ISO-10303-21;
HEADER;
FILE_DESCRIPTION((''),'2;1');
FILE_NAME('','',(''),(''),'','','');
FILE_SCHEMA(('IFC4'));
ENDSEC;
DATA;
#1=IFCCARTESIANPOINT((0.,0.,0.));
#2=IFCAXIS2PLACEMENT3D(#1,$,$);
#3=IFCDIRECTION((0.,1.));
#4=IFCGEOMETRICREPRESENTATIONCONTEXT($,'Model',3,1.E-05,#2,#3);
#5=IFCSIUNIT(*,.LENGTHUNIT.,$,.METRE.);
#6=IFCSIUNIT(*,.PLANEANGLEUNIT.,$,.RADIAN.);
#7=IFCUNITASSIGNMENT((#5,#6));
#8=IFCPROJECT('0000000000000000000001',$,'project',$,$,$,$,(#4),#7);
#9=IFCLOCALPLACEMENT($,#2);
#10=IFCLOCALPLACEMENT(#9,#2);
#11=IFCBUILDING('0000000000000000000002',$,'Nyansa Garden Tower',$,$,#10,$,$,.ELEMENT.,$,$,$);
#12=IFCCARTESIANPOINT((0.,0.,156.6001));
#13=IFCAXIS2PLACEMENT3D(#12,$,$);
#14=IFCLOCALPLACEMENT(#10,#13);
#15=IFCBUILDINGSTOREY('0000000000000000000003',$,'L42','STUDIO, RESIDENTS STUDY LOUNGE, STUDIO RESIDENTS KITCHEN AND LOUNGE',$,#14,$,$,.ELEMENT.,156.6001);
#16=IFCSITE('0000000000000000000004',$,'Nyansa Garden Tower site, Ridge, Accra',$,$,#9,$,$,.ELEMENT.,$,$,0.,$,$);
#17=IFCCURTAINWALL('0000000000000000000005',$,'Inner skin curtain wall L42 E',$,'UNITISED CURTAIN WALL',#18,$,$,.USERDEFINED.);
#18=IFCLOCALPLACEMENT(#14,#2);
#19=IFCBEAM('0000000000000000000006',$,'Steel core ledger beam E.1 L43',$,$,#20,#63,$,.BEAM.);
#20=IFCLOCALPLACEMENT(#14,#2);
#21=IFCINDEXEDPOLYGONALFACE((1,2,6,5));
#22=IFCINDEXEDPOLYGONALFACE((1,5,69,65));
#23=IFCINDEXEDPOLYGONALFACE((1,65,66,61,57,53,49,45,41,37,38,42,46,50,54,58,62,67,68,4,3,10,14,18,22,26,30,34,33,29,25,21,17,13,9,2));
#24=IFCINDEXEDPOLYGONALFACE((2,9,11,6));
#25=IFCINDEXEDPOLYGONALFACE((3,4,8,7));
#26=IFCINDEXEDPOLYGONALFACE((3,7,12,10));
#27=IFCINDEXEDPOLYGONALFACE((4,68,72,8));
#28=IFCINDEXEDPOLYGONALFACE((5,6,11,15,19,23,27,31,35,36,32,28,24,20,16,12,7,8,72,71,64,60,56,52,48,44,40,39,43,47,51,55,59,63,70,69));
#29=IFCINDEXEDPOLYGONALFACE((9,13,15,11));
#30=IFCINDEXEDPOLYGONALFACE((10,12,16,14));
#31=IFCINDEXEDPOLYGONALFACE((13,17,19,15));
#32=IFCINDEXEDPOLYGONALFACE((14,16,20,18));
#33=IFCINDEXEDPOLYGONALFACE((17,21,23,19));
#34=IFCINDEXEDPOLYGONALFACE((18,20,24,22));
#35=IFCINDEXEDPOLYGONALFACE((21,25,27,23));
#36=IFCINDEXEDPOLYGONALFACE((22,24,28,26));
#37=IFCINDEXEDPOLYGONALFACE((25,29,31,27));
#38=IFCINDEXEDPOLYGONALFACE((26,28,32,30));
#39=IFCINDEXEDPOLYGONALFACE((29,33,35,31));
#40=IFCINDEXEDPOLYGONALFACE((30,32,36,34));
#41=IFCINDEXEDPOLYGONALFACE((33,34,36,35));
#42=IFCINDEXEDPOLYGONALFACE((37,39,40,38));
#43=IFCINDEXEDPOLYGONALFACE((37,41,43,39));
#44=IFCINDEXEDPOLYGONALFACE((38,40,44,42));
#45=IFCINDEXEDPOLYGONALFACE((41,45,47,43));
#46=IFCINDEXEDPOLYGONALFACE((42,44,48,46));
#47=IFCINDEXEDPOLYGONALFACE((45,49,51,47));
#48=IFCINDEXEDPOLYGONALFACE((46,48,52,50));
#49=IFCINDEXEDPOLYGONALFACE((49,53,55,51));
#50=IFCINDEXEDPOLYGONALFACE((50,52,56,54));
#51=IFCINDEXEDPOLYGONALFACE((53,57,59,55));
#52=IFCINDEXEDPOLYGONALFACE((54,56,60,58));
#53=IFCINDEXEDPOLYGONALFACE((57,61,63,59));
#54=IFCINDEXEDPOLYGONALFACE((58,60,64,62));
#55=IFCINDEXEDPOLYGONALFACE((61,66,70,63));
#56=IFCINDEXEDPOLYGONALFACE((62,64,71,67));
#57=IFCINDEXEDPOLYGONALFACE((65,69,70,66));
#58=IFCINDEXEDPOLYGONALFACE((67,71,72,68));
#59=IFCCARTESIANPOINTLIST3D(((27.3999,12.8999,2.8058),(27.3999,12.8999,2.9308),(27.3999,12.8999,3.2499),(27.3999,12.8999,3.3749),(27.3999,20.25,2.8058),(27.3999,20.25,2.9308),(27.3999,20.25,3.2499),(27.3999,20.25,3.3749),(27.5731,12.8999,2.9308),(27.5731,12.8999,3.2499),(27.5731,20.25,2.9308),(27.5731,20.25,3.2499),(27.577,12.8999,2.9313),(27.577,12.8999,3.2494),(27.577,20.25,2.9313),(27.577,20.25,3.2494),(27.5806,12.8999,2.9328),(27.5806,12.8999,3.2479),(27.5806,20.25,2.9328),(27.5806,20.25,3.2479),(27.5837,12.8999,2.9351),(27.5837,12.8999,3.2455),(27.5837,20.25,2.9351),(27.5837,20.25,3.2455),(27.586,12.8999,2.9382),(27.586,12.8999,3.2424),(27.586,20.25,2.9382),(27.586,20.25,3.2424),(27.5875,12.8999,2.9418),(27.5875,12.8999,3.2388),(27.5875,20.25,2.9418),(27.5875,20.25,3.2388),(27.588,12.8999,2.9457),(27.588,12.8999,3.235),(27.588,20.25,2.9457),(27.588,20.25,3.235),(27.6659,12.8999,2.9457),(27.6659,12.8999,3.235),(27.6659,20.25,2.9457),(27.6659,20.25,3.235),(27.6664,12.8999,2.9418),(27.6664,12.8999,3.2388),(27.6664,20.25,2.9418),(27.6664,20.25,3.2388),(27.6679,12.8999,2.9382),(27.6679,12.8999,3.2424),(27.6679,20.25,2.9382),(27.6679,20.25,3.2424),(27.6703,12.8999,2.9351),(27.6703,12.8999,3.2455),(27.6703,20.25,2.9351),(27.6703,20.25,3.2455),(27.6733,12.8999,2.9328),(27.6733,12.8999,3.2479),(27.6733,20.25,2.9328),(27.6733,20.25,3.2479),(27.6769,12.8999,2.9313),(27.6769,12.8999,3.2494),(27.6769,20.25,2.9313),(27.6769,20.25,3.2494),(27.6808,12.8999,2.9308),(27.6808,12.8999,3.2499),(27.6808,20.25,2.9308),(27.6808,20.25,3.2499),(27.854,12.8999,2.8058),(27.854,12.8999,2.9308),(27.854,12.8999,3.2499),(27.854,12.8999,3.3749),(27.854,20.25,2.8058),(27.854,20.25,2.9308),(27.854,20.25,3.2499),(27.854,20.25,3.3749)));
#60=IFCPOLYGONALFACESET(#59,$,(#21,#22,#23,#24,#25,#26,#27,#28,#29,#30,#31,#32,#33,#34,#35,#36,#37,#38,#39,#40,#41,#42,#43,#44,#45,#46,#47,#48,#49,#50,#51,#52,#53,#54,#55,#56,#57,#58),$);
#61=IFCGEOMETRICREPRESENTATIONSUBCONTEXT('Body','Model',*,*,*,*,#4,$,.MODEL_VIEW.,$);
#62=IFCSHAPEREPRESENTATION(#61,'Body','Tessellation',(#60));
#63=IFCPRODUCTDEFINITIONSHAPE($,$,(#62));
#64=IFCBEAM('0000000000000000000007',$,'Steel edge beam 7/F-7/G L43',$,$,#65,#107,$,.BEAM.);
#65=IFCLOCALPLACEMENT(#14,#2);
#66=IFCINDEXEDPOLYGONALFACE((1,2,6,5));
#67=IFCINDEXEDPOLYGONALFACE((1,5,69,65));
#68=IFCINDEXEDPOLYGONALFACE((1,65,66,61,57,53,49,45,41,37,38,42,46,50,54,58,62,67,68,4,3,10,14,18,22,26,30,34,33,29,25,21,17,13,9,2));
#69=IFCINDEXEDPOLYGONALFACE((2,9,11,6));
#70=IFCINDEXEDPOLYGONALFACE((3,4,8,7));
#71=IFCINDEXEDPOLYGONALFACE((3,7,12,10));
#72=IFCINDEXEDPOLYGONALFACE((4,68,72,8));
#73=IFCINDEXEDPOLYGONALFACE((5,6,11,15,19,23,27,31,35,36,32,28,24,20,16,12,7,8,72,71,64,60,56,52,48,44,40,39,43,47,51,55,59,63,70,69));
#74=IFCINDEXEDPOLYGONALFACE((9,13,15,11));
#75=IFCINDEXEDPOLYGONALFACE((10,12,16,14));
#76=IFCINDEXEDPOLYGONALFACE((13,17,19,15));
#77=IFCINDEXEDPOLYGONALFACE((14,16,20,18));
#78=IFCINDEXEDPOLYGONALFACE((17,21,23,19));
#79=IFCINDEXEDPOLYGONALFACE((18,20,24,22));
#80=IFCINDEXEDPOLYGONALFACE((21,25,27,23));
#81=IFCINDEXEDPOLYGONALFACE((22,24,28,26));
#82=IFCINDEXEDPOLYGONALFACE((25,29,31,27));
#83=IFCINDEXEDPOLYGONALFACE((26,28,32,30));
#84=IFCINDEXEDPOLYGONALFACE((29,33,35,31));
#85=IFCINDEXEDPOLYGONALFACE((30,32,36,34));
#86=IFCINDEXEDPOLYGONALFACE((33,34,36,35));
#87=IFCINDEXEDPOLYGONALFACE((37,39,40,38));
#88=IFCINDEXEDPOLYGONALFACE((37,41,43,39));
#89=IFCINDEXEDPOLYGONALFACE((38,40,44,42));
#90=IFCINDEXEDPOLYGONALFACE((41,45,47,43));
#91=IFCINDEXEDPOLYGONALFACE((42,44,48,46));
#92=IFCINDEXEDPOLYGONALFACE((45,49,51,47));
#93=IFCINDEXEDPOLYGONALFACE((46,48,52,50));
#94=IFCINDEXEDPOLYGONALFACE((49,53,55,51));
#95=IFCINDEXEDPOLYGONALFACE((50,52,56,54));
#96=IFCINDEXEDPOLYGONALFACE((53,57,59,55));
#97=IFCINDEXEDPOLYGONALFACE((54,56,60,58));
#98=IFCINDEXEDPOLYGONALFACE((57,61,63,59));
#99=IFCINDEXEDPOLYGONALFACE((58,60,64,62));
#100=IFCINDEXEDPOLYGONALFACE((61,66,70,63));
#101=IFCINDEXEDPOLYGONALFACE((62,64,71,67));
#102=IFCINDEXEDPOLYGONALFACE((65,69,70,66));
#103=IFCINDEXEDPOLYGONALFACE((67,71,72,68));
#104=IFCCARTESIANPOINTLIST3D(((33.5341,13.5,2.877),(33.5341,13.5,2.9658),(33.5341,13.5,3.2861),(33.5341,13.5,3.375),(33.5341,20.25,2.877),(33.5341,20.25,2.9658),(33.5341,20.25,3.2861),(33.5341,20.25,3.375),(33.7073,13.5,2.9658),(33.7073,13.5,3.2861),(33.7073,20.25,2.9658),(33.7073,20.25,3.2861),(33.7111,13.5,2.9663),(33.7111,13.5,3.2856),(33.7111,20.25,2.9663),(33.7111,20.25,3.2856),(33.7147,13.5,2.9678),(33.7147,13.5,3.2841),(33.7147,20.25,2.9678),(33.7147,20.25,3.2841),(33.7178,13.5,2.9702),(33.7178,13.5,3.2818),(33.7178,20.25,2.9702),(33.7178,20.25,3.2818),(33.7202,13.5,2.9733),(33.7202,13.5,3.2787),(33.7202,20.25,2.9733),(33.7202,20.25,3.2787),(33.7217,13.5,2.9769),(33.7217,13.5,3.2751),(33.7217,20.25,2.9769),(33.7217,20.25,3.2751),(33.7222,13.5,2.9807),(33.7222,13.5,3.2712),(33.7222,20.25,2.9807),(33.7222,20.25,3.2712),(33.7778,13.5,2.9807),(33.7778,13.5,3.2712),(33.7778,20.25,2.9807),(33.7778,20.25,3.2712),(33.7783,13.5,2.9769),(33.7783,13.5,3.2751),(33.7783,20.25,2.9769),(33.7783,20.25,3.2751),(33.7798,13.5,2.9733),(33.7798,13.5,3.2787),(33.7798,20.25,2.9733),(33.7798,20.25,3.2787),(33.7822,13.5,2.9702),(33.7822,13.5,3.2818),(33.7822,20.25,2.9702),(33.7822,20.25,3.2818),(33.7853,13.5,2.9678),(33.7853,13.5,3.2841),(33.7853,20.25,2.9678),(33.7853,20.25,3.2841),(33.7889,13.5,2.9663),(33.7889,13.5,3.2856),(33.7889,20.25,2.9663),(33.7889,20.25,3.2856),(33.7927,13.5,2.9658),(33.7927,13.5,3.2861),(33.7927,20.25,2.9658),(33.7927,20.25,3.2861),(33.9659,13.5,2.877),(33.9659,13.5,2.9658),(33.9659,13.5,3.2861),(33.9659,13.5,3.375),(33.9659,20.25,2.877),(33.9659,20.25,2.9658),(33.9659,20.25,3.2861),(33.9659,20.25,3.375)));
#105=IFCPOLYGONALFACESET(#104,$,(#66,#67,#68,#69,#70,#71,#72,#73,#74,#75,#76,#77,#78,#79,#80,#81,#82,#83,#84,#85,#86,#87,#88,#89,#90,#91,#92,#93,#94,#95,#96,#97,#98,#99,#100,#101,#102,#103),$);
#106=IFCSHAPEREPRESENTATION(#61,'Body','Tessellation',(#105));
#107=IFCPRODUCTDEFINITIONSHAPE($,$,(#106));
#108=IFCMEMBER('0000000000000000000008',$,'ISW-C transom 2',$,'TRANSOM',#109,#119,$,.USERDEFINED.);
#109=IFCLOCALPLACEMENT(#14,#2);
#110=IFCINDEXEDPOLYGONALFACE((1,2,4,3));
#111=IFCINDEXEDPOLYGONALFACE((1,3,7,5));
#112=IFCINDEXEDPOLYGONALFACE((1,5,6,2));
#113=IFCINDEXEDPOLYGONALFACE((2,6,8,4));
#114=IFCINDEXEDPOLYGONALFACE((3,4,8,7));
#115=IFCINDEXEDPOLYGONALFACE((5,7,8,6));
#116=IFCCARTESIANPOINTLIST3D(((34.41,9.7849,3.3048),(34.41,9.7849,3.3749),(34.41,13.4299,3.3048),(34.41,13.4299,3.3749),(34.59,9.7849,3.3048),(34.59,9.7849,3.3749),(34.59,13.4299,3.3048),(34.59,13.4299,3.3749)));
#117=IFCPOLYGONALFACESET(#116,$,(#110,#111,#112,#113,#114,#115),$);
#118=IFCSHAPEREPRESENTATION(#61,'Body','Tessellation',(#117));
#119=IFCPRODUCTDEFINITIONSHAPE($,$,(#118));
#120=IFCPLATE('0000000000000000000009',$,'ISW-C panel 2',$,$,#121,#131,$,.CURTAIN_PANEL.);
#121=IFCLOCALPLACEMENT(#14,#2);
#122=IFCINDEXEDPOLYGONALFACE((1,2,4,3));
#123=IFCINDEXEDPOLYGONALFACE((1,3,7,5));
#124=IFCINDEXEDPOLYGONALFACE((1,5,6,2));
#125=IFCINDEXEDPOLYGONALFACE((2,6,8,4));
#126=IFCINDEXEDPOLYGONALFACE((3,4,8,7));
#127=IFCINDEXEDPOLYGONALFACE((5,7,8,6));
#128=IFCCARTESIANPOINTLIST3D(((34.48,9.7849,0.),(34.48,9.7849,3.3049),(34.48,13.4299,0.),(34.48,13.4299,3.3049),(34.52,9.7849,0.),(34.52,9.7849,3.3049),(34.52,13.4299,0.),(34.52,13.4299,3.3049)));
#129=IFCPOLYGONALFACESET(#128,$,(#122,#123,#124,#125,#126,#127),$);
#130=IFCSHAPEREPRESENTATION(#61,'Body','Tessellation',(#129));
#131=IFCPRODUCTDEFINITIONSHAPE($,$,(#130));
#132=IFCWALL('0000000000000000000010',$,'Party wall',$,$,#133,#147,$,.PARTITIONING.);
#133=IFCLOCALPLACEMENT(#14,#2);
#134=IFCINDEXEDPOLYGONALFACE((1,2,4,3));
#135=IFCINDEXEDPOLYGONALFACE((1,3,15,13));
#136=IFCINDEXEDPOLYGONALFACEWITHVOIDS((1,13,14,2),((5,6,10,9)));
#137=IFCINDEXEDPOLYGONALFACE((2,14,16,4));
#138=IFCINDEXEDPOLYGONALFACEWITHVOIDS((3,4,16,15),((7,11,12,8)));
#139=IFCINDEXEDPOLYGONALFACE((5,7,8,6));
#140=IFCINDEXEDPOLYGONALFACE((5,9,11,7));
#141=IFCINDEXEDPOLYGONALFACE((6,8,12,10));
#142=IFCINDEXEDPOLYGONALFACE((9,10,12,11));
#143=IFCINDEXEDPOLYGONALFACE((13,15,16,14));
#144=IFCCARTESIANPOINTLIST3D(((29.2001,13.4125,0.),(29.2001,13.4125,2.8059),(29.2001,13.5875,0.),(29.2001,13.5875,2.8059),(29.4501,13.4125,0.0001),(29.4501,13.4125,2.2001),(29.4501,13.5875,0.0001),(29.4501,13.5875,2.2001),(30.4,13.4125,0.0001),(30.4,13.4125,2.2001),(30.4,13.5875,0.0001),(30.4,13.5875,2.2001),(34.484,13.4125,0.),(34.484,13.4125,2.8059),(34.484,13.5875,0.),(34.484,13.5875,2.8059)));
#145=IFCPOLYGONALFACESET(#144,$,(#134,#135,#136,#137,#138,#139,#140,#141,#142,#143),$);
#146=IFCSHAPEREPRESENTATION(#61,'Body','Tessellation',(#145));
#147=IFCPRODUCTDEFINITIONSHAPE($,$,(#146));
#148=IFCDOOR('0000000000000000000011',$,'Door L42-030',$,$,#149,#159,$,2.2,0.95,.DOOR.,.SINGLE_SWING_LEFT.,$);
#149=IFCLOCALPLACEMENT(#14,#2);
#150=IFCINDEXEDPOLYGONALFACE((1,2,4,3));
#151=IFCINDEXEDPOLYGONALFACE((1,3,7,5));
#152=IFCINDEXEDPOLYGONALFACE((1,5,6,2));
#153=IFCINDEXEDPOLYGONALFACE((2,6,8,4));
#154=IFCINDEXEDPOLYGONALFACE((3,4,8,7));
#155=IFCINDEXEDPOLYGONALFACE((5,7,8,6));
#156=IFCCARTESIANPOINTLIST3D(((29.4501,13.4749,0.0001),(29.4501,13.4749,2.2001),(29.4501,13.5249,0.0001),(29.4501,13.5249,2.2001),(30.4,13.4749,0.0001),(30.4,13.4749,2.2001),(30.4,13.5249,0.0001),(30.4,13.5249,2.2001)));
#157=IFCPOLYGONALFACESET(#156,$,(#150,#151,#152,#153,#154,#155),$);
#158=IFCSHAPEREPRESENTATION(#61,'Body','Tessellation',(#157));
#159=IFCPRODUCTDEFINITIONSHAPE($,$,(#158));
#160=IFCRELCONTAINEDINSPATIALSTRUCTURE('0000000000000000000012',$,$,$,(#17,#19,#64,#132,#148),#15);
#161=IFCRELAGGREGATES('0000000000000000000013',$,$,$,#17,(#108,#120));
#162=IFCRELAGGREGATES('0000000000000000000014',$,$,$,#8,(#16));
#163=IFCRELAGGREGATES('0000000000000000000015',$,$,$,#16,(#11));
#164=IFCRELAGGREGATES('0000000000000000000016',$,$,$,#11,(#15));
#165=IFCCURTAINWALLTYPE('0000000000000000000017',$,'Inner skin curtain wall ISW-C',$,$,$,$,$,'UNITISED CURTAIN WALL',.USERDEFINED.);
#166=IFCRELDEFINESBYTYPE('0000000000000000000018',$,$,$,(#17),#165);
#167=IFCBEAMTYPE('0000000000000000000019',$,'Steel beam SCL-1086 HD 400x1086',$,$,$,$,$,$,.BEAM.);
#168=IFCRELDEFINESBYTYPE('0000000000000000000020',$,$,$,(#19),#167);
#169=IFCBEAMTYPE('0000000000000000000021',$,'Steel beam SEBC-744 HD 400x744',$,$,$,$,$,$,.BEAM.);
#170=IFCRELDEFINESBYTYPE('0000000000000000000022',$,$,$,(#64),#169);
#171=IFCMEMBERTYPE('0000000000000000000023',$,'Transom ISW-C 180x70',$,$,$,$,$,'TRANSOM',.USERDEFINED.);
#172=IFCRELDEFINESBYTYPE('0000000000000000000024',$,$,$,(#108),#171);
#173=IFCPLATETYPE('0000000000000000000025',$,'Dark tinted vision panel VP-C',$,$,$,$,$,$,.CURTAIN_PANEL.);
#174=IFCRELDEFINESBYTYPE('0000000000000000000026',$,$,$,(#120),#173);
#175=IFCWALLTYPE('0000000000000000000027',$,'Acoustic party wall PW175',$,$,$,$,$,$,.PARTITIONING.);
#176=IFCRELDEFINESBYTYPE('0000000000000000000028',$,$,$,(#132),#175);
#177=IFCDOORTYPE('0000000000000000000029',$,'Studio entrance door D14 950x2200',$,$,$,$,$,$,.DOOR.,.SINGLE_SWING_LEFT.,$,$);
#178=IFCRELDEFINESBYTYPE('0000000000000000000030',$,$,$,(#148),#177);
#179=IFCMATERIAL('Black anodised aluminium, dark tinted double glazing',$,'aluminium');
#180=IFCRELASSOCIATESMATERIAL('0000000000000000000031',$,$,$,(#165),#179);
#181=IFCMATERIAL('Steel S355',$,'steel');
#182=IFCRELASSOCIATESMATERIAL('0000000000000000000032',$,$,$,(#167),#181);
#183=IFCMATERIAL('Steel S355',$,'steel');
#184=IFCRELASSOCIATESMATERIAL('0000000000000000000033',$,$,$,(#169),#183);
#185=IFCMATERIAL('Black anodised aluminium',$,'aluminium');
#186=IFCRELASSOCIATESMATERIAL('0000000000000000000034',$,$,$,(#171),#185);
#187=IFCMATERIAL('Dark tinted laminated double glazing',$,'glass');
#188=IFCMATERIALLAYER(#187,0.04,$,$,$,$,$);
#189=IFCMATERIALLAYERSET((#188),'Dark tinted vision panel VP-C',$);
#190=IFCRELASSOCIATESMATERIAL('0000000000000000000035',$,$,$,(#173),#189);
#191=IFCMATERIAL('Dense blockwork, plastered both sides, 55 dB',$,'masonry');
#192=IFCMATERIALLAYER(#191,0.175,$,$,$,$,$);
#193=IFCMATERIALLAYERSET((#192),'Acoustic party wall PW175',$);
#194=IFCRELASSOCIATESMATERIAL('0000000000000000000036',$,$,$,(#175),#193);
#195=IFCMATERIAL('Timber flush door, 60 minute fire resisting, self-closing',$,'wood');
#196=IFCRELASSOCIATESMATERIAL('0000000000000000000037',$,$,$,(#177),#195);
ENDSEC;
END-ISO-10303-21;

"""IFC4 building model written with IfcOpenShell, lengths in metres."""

from ifc_helpers import new_model, si_unit, direction, frame, frame_2d, origin, origin_2d, place, context, subcontext, project, spatial, rectangle, i_section, extrude, material, layer, layer_set, material_profile, profile_set, type_object, element, fill, aggregate, save


model = new_model("IFC4")

# Units and contexts
model_context = context("Model", 3, precision=1e-05, world=origin(), true_north=direction((0.0, 1.0)))
body_context = subcontext(model_context, "Body", "Model", "MODEL_VIEW")
ifc_project = project(units=[si_unit("LENGTHUNIT", "METRE"), si_unit("PLANEANGLEUNIT", "RADIAN")], contexts=[model_context])

# Site, building, storey
site_placement = place(None, origin())
site = spatial("IfcSite", under=ifc_project, at=site_placement, Name="Nyansa Garden Tower site, Ridge, Accra", CompositionType="ELEMENT", RefElevation=0.0)
building_placement = place(site_placement, origin())
building = spatial("IfcBuilding", under=site, at=building_placement, Name="Nyansa Garden Tower", CompositionType="ELEMENT")
storey_placement = place(building_placement, frame((0.0, 0.0, 156.6001)))
storey = spatial("IfcBuildingStorey", under=building, at=storey_placement, Name="L42", Description="STUDIO, RESIDENTS STUDY LOUNGE, STUDIO RESIDENTS KITCHEN AND LOUNGE", CompositionType="ELEMENT", Elevation=156.6001)

# Curtain wall
ifc_material_1 = material(Name="Black anodised aluminium, dark tinted double glazing", Category="aluminium")
curtain_wall_type = type_object("IfcCurtainWallType", Name="Inner skin curtain wall ISW-C", ElementType="UNITISED CURTAIN WALL", PredefinedType="USERDEFINED", material=ifc_material_1)
curtain_wall_placement = place(storey_placement, origin())
curtain_wall = element("IfcCurtainWall", 1, at=curtain_wall_placement, inside=storey, type_object=curtain_wall_type, Name="Inner skin curtain wall L42 E", ObjectType="UNITISED CURTAIN WALL", PredefinedType="USERDEFINED")

# Beams
ifc_material_2 = material(Name="Steel S355", Category="steel")
ifc_material_profile_1 = material_profile(ifc_material_2, i_section(OverallWidth=0.4541, OverallDepth=0.5691, WebThickness=0.0779, FlangeThickness=0.125, FilletRadius=0.0149, at=origin_2d()), Name="HD 400x1086")
ifc_profile_set_1 = profile_set([ifc_material_profile_1], Name="Steel S355")
beam_type_1 = type_object("IfcBeamType", Name="Steel beam SCL-1086 HD 400x1086", PredefinedType="BEAM", material=ifc_profile_set_1)
beam_1_placement = place(storey_placement, frame((27.627, 12.8999, 3.0903), z_axis=(0.0, 1.0, 0.0), x_axis=(-1.0, 0.0, 0.0)))
element("IfcBeam", 2, at=beam_1_placement, inside=storey, type_object=beam_type_1, Name="Steel core ledger beam E.1 L43", PredefinedType="BEAM", context=body_context, shape_type="SweptSolid", body=[
    extrude(i_section(OverallWidth=0.4541, OverallDepth=0.5691, WebThickness=0.0779, FlangeThickness=0.125, FilletRadius=0.0149, at=origin_2d()), origin(), (0.0, 0.0, 1.0), 7.3501),
])
ifc_material_3 = material(Name="Steel S355", Category="steel")
ifc_material_profile_2 = material_profile(ifc_material_3, i_section(OverallWidth=0.4319, OverallDepth=0.498, WebThickness=0.0557, FlangeThickness=0.0889, FilletRadius=0.0149, at=origin_2d()), Name="HD 400x744")
ifc_profile_set_2 = profile_set([ifc_material_profile_2], Name="Steel S355")
beam_type_2 = type_object("IfcBeamType", Name="Steel beam SEBC-744 HD 400x744", PredefinedType="BEAM", material=ifc_profile_set_2)
beam_2_placement = place(storey_placement, frame((33.75, 13.5, 3.126), z_axis=(0.0, 1.0, 0.0), x_axis=(-1.0, 0.0, 0.0)))
element("IfcBeam", 3, at=beam_2_placement, inside=storey, type_object=beam_type_2, Name="Steel edge beam 7/F-7/G L43", PredefinedType="BEAM", context=body_context, shape_type="SweptSolid", body=[
    extrude(i_section(OverallWidth=0.4319, OverallDepth=0.498, WebThickness=0.0557, FlangeThickness=0.0889, FilletRadius=0.0149, at=origin_2d()), origin(), (0.0, 0.0, 1.0), 6.75),
])

# Member
ifc_material_4 = material(Name="Black anodised aluminium", Category="aluminium")
ifc_material_profile_3 = material_profile(ifc_material_4, rectangle(XDim=0.1799, YDim=0.0701, at=origin_2d()), Name="Transom 180x70")
ifc_profile_set_3 = profile_set([ifc_material_profile_3], Name="Black anodised aluminium")
member_type_1 = type_object("IfcMemberType", Name="Transom ISW-C 180x70", ElementType="TRANSOM", PredefinedType="USERDEFINED", material=ifc_profile_set_3)
member_1_placement = place(storey_placement, frame((34.5, 9.7849, 3.3398), z_axis=(0.0, 1.0, 0.0), x_axis=(-1.0, 0.0, 0.0)))
member_1 = element("IfcMember", 4, at=member_1_placement, type_object=member_type_1, Name="ISW-C transom 2", ObjectType="TRANSOM", PredefinedType="USERDEFINED", context=body_context, shape_type="SweptSolid", body=[
    extrude(rectangle(XDim=0.1799, YDim=0.0701, at=origin_2d()), origin(), (0.0, 0.0, 1.0), 3.645),
])

# Plate
ifc_material_5 = material(Name="Dark tinted laminated double glazing", Category="glass")
ifc_layer_1 = layer(ifc_material_5, 0.04)
ifc_layer_set_1 = layer_set([ifc_layer_1], Name="Dark tinted vision panel VP-C")
plate_type = type_object("IfcPlateType", Name="Dark tinted vision panel VP-C", PredefinedType="CURTAIN_PANEL", material=ifc_layer_set_1)
plate_placement = place(storey_placement, frame((34.5, 11.6074, 0.0), z_axis=(0.0, 0.0, 1.0), x_axis=(0.0, 1.0, 0.0)))
plate = element("IfcPlate", 5, at=plate_placement, type_object=plate_type, Name="ISW-C panel 2", PredefinedType="CURTAIN_PANEL", context=body_context, shape_type="SweptSolid", body=[
    extrude(rectangle(XDim=3.645, YDim=0.04, at=origin_2d()), origin(), (0.0, 0.0, 1.0), 3.3049),
])
aggregate(curtain_wall, [member_1, plate])

# Wall, opening, door
ifc_material_6 = material(Name="Dense blockwork, plastered both sides, 55 dB", Category="masonry")
ifc_layer_2 = layer(ifc_material_6, 0.175)
ifc_layer_set_2 = layer_set([ifc_layer_2], Name="Acoustic party wall PW175")
wall_type_1 = type_object("IfcWallType", Name="Acoustic party wall PW175", PredefinedType="PARTITIONING", material=ifc_layer_set_2)
wall_1_placement = place(storey_placement, frame((29.2, 13.5, 0.0), z_axis=(0.0, 0.0, 1.0), x_axis=(1.0, 0.0, 0.0)))
wall_1 = element("IfcWall", 6, at=wall_1_placement, inside=storey, type_object=wall_type_1, Name="Party wall", PredefinedType="PARTITIONING", context=body_context, shape_type="SweptSolid", body=[
    extrude(rectangle(XDim=5.2839, YDim=0.175, at=frame_2d((2.6421, 0.0))), origin(), (0.0, 0.0, 1.0), 2.8059),
])
opening_1_placement = place(wall_1_placement, frame((0.25, 0.0, 0.0)))
opening_1 = element("IfcOpeningElement", 7, at=opening_1_placement, cuts=wall_1, PredefinedType="OPENING", context=body_context, shape_type="SweptSolid", body=[
    extrude(rectangle(XDim=0.95, YDim=2.2, at=frame_2d((0.4751, 1.1001))), frame((0.0, 0.0974, 0.0), z_axis=(0.0, -1.0, 0.0), x_axis=(1.0, 0.0, 0.0)), (0.0, 0.0, 1.0), 0.1951),
])
ifc_material_7 = material(Name="Timber flush door, 60 minute fire resisting, self-closing", Category="wood")
door_type_1 = type_object("IfcDoorType", Name="Studio entrance door D14 950x2200", OperationType="SINGLE_SWING_LEFT", PredefinedType="DOOR", material=ifc_material_7)
door_1_placement = place(opening_1_placement, origin())
door_1 = element("IfcDoor", 8, at=door_1_placement, inside=storey, type_object=door_type_1, Name="Door L42-030", OperationType="SINGLE_SWING_LEFT", OverallHeight=2.2, OverallWidth=0.95, PredefinedType="DOOR", context=body_context, shape_type="SweptSolid", body=[
    extrude(rectangle(XDim=0.95, YDim=2.2, at=frame_2d((0.4751, 1.1001))), frame((0.0, 0.0249, 0.0), z_axis=(0.0, -1.0, 0.0), x_axis=(1.0, 0.0, 0.0)), (0.0, 0.0, 1.0), 0.05),
])
fill(opening_1, door_1)

save(model, "model.ifc")
